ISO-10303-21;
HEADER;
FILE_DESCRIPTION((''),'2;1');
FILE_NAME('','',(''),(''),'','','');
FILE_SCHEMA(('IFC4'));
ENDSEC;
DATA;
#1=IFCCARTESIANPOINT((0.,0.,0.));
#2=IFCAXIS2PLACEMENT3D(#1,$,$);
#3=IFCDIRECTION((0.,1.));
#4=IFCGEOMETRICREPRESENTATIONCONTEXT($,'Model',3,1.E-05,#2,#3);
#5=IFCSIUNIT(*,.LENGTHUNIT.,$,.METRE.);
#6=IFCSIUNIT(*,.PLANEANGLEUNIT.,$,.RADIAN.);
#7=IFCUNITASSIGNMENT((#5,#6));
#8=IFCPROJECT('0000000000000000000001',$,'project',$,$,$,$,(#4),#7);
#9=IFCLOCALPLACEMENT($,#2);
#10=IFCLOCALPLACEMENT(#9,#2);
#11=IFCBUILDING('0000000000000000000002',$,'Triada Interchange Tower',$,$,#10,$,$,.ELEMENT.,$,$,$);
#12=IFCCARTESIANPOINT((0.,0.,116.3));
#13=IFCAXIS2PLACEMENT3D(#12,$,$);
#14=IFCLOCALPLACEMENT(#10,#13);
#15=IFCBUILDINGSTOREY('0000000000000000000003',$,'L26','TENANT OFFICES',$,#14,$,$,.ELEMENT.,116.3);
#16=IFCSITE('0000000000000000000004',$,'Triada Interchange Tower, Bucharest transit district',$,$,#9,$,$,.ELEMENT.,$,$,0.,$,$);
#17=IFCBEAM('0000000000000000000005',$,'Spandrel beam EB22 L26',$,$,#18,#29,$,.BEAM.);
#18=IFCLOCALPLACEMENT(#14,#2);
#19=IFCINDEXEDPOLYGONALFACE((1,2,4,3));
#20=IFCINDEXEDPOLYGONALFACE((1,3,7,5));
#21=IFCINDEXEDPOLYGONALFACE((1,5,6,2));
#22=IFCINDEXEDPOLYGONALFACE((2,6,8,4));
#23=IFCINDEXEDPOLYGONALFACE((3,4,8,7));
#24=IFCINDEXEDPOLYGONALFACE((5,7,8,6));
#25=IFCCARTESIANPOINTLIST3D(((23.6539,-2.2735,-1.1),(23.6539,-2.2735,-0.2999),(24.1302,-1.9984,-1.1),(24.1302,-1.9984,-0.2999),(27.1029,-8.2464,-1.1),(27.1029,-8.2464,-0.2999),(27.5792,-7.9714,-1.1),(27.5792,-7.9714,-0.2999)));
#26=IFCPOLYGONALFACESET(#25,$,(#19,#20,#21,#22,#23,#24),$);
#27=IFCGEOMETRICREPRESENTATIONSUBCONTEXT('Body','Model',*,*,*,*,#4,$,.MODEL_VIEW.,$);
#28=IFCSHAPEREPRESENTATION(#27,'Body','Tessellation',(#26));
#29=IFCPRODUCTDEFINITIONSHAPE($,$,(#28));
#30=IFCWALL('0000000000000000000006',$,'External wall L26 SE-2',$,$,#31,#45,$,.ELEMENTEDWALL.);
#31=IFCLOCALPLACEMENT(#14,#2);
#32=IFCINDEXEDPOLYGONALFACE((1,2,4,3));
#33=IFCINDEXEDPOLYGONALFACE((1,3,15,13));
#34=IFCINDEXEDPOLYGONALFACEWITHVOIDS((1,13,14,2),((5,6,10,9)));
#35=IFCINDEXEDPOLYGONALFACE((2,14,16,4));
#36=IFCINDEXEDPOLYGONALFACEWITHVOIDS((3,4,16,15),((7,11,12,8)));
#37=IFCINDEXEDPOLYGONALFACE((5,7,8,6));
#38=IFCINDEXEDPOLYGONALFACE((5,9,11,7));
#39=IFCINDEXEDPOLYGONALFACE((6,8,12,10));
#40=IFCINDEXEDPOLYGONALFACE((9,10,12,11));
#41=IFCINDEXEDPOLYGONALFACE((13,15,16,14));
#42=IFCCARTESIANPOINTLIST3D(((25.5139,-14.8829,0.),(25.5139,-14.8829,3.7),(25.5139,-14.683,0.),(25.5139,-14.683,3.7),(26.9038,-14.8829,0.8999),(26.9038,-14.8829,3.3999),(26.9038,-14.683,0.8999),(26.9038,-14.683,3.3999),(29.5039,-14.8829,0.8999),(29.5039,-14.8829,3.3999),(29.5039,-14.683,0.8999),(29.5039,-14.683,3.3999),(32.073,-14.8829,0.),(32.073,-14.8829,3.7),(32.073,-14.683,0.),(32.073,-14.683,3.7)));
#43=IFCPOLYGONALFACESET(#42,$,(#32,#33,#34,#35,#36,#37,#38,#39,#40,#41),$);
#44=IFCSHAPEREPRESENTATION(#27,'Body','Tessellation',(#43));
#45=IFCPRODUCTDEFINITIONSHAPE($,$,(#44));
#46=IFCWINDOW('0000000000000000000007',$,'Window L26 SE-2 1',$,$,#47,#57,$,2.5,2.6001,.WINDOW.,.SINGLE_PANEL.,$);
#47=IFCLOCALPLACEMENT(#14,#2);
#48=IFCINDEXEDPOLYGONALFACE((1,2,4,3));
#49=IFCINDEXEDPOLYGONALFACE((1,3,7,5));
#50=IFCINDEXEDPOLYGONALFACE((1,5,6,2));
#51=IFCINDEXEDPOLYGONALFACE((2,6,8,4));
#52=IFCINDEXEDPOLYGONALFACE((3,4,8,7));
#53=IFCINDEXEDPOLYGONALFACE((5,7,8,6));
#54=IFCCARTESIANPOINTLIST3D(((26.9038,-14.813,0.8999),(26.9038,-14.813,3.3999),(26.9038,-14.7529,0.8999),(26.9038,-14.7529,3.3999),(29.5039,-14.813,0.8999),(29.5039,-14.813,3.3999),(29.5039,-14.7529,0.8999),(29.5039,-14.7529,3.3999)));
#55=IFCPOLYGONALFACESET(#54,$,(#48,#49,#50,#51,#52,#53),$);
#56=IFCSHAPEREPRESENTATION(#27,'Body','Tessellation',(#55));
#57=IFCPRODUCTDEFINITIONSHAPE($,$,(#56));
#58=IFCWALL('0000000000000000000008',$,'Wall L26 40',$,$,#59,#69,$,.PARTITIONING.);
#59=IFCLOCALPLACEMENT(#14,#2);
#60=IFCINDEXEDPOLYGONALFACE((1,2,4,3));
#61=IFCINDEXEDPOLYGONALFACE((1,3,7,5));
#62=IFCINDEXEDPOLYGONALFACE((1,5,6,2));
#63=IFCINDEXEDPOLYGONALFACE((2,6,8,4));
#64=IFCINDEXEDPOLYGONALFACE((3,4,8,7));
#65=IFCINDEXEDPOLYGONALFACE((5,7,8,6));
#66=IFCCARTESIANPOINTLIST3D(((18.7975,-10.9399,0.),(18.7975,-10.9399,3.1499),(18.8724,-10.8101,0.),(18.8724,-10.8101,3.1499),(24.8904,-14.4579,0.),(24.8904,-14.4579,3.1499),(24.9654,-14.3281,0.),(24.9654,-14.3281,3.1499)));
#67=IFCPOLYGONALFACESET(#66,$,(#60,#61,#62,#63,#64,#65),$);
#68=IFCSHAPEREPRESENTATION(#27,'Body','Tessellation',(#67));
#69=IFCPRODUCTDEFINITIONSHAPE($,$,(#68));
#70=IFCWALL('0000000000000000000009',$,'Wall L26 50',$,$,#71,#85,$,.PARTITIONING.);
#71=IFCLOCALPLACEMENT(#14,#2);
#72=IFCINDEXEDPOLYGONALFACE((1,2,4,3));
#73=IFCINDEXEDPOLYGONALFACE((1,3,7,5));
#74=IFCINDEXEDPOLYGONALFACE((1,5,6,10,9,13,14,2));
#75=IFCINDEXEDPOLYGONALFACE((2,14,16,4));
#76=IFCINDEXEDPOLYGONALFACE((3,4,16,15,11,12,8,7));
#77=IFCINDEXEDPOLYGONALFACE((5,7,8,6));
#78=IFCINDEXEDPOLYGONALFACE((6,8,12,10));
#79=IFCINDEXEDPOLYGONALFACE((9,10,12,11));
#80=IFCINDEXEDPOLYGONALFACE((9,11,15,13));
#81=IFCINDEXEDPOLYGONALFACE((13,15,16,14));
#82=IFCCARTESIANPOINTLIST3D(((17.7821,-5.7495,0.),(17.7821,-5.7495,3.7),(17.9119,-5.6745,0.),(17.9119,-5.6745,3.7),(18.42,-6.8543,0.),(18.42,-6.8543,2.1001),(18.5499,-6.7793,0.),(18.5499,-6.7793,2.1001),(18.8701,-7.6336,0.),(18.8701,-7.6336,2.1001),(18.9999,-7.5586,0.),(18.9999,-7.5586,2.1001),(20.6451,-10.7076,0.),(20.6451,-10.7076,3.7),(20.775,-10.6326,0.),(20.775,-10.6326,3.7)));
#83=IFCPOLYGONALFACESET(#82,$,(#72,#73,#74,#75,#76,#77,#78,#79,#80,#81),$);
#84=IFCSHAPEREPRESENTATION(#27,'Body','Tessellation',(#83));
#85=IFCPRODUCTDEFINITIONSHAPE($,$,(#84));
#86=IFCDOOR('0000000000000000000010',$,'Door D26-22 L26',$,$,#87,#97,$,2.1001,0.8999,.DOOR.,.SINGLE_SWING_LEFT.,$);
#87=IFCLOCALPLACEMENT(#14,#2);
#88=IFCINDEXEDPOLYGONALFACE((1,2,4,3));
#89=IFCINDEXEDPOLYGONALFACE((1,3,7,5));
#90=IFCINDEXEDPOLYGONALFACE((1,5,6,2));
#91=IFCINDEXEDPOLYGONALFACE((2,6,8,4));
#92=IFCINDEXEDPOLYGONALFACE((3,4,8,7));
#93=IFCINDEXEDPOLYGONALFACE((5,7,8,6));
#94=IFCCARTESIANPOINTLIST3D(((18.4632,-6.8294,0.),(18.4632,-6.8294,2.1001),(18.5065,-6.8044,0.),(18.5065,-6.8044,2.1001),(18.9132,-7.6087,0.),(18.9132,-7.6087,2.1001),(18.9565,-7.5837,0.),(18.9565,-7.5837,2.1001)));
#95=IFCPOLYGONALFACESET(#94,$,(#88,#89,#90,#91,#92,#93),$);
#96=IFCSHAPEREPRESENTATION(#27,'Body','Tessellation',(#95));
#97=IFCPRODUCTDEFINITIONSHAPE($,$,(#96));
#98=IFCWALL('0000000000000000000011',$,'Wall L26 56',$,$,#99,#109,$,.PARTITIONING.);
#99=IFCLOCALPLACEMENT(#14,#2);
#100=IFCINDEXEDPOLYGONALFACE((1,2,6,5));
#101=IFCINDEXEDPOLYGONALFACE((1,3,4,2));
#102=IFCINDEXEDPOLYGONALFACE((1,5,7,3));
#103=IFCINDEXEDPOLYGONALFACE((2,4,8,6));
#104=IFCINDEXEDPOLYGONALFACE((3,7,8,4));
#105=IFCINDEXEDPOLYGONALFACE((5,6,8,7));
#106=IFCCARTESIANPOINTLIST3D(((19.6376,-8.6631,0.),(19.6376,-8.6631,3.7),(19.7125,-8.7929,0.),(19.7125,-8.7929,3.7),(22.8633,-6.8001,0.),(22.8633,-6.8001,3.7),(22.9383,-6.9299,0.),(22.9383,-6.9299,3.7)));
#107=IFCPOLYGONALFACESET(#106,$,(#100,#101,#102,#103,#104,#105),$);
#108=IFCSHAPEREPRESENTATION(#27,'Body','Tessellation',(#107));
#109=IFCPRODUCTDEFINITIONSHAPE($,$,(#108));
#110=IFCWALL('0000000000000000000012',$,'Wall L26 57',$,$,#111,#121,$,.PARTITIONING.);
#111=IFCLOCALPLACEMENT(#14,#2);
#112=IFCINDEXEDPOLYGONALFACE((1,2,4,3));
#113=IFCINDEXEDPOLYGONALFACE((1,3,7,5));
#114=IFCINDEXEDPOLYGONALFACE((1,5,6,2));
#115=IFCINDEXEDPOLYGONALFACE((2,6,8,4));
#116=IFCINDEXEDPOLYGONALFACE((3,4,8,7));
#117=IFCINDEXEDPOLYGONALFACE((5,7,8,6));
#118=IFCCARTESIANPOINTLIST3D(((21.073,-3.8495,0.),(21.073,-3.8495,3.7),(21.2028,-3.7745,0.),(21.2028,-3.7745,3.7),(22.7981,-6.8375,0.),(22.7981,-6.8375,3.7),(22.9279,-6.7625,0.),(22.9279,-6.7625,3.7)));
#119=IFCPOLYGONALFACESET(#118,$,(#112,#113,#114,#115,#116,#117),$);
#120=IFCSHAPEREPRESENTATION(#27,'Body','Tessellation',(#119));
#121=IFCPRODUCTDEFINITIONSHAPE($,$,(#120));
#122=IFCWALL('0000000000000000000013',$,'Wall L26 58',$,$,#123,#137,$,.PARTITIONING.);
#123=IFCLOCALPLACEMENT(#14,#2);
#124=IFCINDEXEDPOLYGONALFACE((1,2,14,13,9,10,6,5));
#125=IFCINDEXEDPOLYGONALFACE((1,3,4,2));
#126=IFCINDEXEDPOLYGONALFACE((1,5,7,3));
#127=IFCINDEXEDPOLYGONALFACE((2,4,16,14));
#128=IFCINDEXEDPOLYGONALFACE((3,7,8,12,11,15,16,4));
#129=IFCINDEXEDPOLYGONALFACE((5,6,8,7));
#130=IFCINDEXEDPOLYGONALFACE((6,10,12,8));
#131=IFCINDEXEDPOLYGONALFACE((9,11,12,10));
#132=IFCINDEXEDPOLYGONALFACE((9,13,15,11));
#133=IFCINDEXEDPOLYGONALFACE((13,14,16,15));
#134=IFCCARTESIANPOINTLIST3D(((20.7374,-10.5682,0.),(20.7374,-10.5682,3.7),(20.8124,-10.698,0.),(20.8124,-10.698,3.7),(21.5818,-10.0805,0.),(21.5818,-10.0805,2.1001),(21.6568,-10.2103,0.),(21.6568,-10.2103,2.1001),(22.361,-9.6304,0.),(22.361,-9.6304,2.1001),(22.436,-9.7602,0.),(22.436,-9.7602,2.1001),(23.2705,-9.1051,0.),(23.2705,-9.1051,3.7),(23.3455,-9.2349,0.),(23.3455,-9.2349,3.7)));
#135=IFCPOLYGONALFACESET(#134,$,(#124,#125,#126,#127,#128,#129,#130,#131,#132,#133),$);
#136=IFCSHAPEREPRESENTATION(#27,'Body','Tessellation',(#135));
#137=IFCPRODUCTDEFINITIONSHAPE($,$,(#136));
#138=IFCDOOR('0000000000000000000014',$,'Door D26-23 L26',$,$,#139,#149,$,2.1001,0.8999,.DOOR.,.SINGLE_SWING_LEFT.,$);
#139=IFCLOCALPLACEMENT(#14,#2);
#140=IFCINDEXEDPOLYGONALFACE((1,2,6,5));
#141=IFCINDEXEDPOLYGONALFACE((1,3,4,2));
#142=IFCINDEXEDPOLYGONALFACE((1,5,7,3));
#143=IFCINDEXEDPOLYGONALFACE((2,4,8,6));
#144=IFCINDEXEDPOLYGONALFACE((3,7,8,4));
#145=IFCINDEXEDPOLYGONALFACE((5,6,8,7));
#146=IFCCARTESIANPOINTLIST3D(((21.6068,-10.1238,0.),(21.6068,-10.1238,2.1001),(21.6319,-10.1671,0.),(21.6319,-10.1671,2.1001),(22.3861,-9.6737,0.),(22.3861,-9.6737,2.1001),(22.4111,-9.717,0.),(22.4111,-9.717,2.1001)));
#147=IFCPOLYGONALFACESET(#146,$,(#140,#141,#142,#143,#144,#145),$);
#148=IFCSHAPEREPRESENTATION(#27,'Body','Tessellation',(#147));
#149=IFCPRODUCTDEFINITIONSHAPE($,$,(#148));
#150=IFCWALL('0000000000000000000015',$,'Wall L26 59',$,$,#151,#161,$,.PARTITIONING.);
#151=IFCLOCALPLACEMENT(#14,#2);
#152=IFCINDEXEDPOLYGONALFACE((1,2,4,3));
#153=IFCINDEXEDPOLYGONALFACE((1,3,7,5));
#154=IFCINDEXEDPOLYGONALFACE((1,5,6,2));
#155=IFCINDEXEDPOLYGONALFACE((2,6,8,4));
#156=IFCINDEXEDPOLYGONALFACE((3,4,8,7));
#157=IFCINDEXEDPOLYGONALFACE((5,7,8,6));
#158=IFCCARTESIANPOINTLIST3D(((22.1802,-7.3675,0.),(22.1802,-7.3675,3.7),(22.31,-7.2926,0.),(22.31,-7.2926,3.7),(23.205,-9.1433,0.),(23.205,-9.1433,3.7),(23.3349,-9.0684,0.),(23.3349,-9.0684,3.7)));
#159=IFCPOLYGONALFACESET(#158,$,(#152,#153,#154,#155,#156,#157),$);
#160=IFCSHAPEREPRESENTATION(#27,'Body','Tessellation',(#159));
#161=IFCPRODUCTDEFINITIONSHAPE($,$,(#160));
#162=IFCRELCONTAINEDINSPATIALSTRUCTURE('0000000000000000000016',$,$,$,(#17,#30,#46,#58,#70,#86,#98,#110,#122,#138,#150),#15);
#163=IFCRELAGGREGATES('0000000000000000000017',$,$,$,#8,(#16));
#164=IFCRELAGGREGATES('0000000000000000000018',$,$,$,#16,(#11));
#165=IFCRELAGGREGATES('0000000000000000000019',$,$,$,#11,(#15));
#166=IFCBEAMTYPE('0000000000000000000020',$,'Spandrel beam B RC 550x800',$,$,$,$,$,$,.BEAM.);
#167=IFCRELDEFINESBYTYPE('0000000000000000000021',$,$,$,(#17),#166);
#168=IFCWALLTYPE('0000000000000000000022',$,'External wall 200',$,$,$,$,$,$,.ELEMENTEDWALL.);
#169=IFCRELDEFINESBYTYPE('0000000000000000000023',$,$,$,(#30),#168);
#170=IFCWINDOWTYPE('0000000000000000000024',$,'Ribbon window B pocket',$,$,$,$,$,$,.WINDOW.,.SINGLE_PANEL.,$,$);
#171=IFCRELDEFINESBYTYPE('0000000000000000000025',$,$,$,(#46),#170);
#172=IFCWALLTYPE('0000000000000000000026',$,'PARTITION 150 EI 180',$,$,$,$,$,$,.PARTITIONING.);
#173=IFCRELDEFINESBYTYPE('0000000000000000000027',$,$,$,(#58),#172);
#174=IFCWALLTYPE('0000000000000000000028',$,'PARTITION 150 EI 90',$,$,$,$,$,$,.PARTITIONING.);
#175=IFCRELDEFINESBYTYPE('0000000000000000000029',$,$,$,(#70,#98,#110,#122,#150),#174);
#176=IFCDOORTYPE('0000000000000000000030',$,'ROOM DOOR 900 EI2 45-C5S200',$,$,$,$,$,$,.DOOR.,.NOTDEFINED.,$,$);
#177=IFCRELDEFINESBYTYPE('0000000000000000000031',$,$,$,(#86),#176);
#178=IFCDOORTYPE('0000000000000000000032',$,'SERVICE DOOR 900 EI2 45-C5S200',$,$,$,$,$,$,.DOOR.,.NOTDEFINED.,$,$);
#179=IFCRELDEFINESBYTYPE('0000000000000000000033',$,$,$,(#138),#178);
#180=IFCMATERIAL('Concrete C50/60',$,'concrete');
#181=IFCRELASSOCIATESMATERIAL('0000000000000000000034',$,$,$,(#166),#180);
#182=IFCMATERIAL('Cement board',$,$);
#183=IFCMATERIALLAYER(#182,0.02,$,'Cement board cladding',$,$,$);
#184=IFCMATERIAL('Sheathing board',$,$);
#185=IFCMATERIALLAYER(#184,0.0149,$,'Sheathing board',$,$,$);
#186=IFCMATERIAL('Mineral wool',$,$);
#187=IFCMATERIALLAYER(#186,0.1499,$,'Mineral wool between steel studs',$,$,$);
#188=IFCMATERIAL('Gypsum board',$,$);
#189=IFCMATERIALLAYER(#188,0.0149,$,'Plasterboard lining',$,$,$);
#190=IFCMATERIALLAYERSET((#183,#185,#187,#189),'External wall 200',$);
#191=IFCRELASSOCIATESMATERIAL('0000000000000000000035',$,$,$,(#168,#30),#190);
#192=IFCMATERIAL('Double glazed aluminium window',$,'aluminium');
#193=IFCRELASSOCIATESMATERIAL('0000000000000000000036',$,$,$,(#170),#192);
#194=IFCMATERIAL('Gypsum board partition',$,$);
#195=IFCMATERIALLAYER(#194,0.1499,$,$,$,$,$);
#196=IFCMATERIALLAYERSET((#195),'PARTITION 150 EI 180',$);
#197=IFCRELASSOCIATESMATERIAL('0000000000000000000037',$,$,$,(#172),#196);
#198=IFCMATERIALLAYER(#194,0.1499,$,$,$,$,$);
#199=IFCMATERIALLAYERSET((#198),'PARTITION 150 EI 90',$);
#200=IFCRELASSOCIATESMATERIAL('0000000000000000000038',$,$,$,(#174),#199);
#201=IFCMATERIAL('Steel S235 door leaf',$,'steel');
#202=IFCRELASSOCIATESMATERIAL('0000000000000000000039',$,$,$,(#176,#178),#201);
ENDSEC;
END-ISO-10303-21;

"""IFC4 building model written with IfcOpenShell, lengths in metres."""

from ifc_helpers import new_model, si_unit, direction, frame, frame_2d, origin, origin_2d, place, context, subcontext, project, spatial, rectangle, extrude, material, layer, layer_set, layer_usage, material_profile, profile_set, type_object, element, fill, save


model = new_model("IFC4")

# Units and contexts
model_context = context("Model", 3, precision=1e-05, world=origin(), true_north=direction((0.0, 1.0)))
body_context = subcontext(model_context, "Body", "Model", "MODEL_VIEW")
ifc_project = project(units=[si_unit("LENGTHUNIT", "METRE"), si_unit("PLANEANGLEUNIT", "RADIAN")], contexts=[model_context])

# Site, building, storey
site_placement = place(None, origin())
site = spatial("IfcSite", under=ifc_project, at=site_placement, Name="Triada Interchange Tower, Bucharest transit district", CompositionType="ELEMENT", RefElevation=0.0)
building_placement = place(site_placement, origin())
building = spatial("IfcBuilding", under=site, at=building_placement, Name="Triada Interchange Tower", CompositionType="ELEMENT")
storey_placement = place(building_placement, frame((0.0, 0.0, 116.3)))
storey = spatial("IfcBuildingStorey", under=building, at=storey_placement, Name="L26", Description="TENANT OFFICES", CompositionType="ELEMENT", Elevation=116.3)

# Beam
ifc_material_1 = material(Name="Concrete C50/60", Category="concrete")
ifc_material_profile_1 = material_profile(ifc_material_1, rectangle(XDim=0.55, YDim=0.8, at=origin_2d()), Name="RC 550x800")
ifc_profile_set_1 = profile_set([ifc_material_profile_1], Name="Concrete C50/60")
beam_type_1 = type_object("IfcBeamType", Name="Spandrel beam B RC 550x800", PredefinedType="BEAM", material=ifc_profile_set_1)
beam_1_placement = place(storey_placement, frame((27.3411, -8.1089, -0.7), z_axis=(-0.500056, 0.865993, 0.0), x_axis=(-0.865993, -0.500056, 0.0)))
element("IfcBeam", 1, at=beam_1_placement, inside=storey, type_object=beam_type_1, Name="Spandrel beam EB22 L26", PredefinedType="BEAM", context=body_context, shape_type="SweptSolid", body=[
    extrude(rectangle(XDim=0.55, YDim=0.8, at=origin_2d()), origin(), (0.0, 0.0, 1.0), 6.8972),
])

# Wall, opening, window
ifc_material_2 = material(Name="Cement board")
ifc_layer_1 = layer(ifc_material_2, 0.02, Name="Cement board cladding")
ifc_material_3 = material(Name="Sheathing board")
ifc_layer_2 = layer(ifc_material_3, 0.0149, Name="Sheathing board")
ifc_material_4 = material(Name="Mineral wool")
ifc_layer_3 = layer(ifc_material_4, 0.1499, Name="Mineral wool between steel studs")
ifc_material_5 = material(Name="Gypsum board")
ifc_layer_4 = layer(ifc_material_5, 0.0149, Name="Plasterboard lining")
ifc_layer_set_1 = layer_set([ifc_layer_1, ifc_layer_2, ifc_layer_3, ifc_layer_4], Name="External wall 200")
ifc_layer_usage = layer_usage(ifc_layer_set_1, "AXIS2", "POSITIVE", -0.1001)
wall_type_1 = type_object("IfcWallType", Name="External wall 200", PredefinedType="ELEMENTEDWALL", material=ifc_layer_set_1)
wall_1_placement = place(storey_placement, frame((25.5139, -14.783, 0.0), z_axis=(0.0, 0.0, 1.0), x_axis=(1.0, 0.0, 0.0)))
wall_1 = element("IfcWall", 2, at=wall_1_placement, inside=storey, type_object=wall_type_1, material=ifc_layer_usage, Name="External wall L26 SE-2", PredefinedType="ELEMENTEDWALL", context=body_context, shape_type="SweptSolid", body=[
    extrude(rectangle(XDim=6.5591, YDim=0.2, at=frame_2d((3.2795, 0.0))), origin(), (0.0, 0.0, 1.0), 3.7),
])
opening_1_placement = place(wall_1_placement, frame((1.3899, 0.0, 0.8999)))
opening_1 = element("IfcOpeningElement", 3, at=opening_1_placement, cuts=wall_1, PredefinedType="OPENING", context=body_context, shape_type="SweptSolid", body=[
    extrude(rectangle(XDim=2.6001, YDim=2.5, at=frame_2d((1.3, 1.25))), frame((0.0, 0.1099, 0.0), z_axis=(0.0, -1.0, 0.0), x_axis=(1.0, 0.0, 0.0)), (0.0, 0.0, 1.0), 0.22),
])
ifc_material_6 = material(Name="Double glazed aluminium window", Category="aluminium")
window_type = type_object("IfcWindowType", Name="Ribbon window B pocket", PartitioningType="SINGLE_PANEL", PredefinedType="WINDOW", material=ifc_material_6)
window_placement = place(opening_1_placement, origin())
window = element("IfcWindow", 4, at=window_placement, inside=storey, type_object=window_type, Name="Window L26 SE-2 1", OverallHeight=2.5, OverallWidth=2.6001, PartitioningType="SINGLE_PANEL", PredefinedType="WINDOW", context=body_context, shape_type="SweptSolid", body=[
    extrude(rectangle(XDim=2.6001, YDim=2.5, at=frame_2d((1.3, 1.25))), frame((0.0, 0.03, 0.0), z_axis=(0.0, -1.0, 0.0), x_axis=(1.0, 0.0, 0.0)), (0.0, 0.0, 1.0), 0.0601),
])
fill(opening_1, window)

# Wall
ifc_material_7 = material(Name="Gypsum board partition")
ifc_layer_5 = layer(ifc_material_7, 0.1499)
ifc_layer_set_2 = layer_set([ifc_layer_5], Name="PARTITION 150 EI 180")
wall_type_2 = type_object("IfcWallType", Name="PARTITION 150 EI 180", PredefinedType="PARTITIONING", material=ifc_layer_set_2)
wall_2_placement = place(storey_placement, frame((18.835, -10.875, 0.0), z_axis=(0.0, 0.0, 1.0), x_axis=(0.866009, -0.500028, 0.0)))
element("IfcWall", 5, at=wall_2_placement, inside=storey, type_object=wall_type_2, Name="Wall L26 40", PredefinedType="PARTITIONING", context=body_context, shape_type="SweptSolid", body=[
    extrude(rectangle(XDim=7.0356, YDim=0.1499, at=frame_2d((3.5178, 0.0))), origin(), (0.0, 0.0, 1.0), 3.1499),
])

# Wall, opening, door
ifc_layer_6 = layer(ifc_material_7, 0.1499)
ifc_layer_set_3 = layer_set([ifc_layer_6], Name="PARTITION 150 EI 90")
wall_type_3 = type_object("IfcWallType", Name="PARTITION 150 EI 90", PredefinedType="PARTITIONING", material=ifc_layer_set_3)
wall_3_placement = place(storey_placement, frame((17.8469, -5.7119, 0.0), z_axis=(0.0, 0.0, 1.0), x_axis=(0.500069, -0.865985, 0.0)))
wall_3 = element("IfcWall", 6, at=wall_3_placement, inside=storey, type_object=wall_type_3, Name="Wall L26 50", PredefinedType="PARTITIONING", context=body_context, shape_type="SweptSolid", body=[
    extrude(rectangle(XDim=5.7253, YDim=0.1499, at=frame_2d((2.8628, 0.0))), origin(), (0.0, 0.0, 1.0), 3.7),
])
opening_2_placement = place(wall_3_placement, frame((1.2759, 0.0, 0.0)))
opening_2 = element("IfcOpeningElement", 7, at=opening_2_placement, cuts=wall_3, PredefinedType="OPENING", context=body_context, shape_type="SweptSolid", body=[
    extrude(rectangle(XDim=0.8999, YDim=2.1001, at=frame_2d((0.45, 1.05))), frame((0.0, 0.085, 0.0), z_axis=(0.0, -1.0, 0.0), x_axis=(1.0, 0.0, 0.0)), (0.0, 0.0, 1.0), 0.1699),
])
ifc_material_8 = material(Name="Steel S235 door leaf", Category="steel")
door_type_1 = type_object("IfcDoorType", Name="ROOM DOOR 900 EI2 45-C5S200", OperationType="NOTDEFINED", PredefinedType="DOOR", material=ifc_material_8)
door_1_placement = place(opening_2_placement, origin())
door_1 = element("IfcDoor", 8, at=door_1_placement, inside=storey, type_object=door_type_1, Name="Door D26-22 L26", OperationType="SINGLE_SWING_LEFT", OverallHeight=2.1001, OverallWidth=0.8999, PredefinedType="DOOR", context=body_context, shape_type="SweptSolid", body=[
    extrude(rectangle(XDim=0.8999, YDim=2.1001, at=frame_2d((0.45, 1.05))), frame((0.0, 0.0249, 0.0), z_axis=(0.0, -1.0, 0.0), x_axis=(1.0, 0.0, 0.0)), (0.0, 0.0, 1.0), 0.05),
])
fill(opening_2, door_1)

# Walls
wall_4_placement = place(storey_placement, frame((19.675, -8.728, 0.0), z_axis=(0.0, 0.0, 1.0), x_axis=(0.865955, 0.500121, 0.0)))
element("IfcWall", 9, at=wall_4_placement, inside=storey, type_object=wall_type_3, Name="Wall L26 56", PredefinedType="PARTITIONING", context=body_context, shape_type="SweptSolid", body=[
    extrude(rectangle(XDim=3.7251, YDim=0.1499, at=frame_2d((1.8625, 0.0))), origin(), (0.0, 0.0, 1.0), 3.7),
])
wall_5_placement = place(storey_placement, frame((21.1379, -3.812, 0.0), z_axis=(0.0, 0.0, 1.0), x_axis=(0.49999, -0.866031, 0.0)))
element("IfcWall", 10, at=wall_5_placement, inside=storey, type_object=wall_type_3, Name="Wall L26 57", PredefinedType="PARTITIONING", context=body_context, shape_type="SweptSolid", body=[
    extrude(rectangle(XDim=3.4502, YDim=0.1499, at=frame_2d((1.7251, 0.0))), origin(), (0.0, 0.0, 1.0), 3.7),
])

# Wall, opening, door
wall_6_placement = place(storey_placement, frame((20.7749, -10.6331, 0.0), z_axis=(0.0, 0.0, 1.0), x_axis=(0.865938, 0.500151, 0.0)))
wall_6 = element("IfcWall", 11, at=wall_6_placement, inside=storey, type_object=wall_type_3, Name="Wall L26 58", PredefinedType="PARTITIONING", context=body_context, shape_type="SweptSolid", body=[
    extrude(rectangle(XDim=2.9253, YDim=0.1499, at=frame_2d((1.4626, 0.0))), origin(), (0.0, 0.0, 1.0), 3.7),
])
opening_3_placement = place(wall_6_placement, frame((0.9751, 0.0, 0.0)))
opening_3 = element("IfcOpeningElement", 12, at=opening_3_placement, cuts=wall_6, PredefinedType="OPENING", context=body_context, shape_type="SweptSolid", body=[
    extrude(rectangle(XDim=0.8999, YDim=2.1001, at=frame_2d((0.45, 1.05))), frame((0.0, 0.085, 0.0), z_axis=(0.0, -1.0, 0.0), x_axis=(1.0, 0.0, 0.0)), (0.0, 0.0, 1.0), 0.1699),
])
door_type_2 = type_object("IfcDoorType", Name="SERVICE DOOR 900 EI2 45-C5S200", OperationType="NOTDEFINED", PredefinedType="DOOR", material=ifc_material_8)
door_2_placement = place(opening_3_placement, origin())
door_2 = element("IfcDoor", 13, at=door_2_placement, inside=storey, type_object=door_type_2, Name="Door D26-23 L26", OperationType="SINGLE_SWING_LEFT", OverallHeight=2.1001, OverallWidth=0.8999, PredefinedType="DOOR", context=body_context, shape_type="SweptSolid", body=[
    extrude(rectangle(XDim=0.8999, YDim=2.1001, at=frame_2d((0.45, 1.05))), frame((0.0, 0.0249, 0.0), z_axis=(0.0, -1.0, 0.0), x_axis=(1.0, 0.0, 0.0)), (0.0, 0.0, 1.0), 0.05),
])
fill(opening_3, door_2)

# Wall
wall_7_placement = place(storey_placement, frame((22.2451, -7.3301, 0.0), z_axis=(0.0, 0.0, 1.0), x_axis=(0.499853, -0.86611, 0.0)))
element("IfcWall", 14, at=wall_7_placement, inside=storey, type_object=wall_type_3, Name="Wall L26 59", PredefinedType="PARTITIONING", context=body_context, shape_type="SweptSolid", body=[
    extrude(rectangle(XDim=2.0503, YDim=0.1499, at=frame_2d((1.0251, 0.0))), origin(), (0.0, 0.0, 1.0), 3.7),
])

save(model, "model.ifc")
